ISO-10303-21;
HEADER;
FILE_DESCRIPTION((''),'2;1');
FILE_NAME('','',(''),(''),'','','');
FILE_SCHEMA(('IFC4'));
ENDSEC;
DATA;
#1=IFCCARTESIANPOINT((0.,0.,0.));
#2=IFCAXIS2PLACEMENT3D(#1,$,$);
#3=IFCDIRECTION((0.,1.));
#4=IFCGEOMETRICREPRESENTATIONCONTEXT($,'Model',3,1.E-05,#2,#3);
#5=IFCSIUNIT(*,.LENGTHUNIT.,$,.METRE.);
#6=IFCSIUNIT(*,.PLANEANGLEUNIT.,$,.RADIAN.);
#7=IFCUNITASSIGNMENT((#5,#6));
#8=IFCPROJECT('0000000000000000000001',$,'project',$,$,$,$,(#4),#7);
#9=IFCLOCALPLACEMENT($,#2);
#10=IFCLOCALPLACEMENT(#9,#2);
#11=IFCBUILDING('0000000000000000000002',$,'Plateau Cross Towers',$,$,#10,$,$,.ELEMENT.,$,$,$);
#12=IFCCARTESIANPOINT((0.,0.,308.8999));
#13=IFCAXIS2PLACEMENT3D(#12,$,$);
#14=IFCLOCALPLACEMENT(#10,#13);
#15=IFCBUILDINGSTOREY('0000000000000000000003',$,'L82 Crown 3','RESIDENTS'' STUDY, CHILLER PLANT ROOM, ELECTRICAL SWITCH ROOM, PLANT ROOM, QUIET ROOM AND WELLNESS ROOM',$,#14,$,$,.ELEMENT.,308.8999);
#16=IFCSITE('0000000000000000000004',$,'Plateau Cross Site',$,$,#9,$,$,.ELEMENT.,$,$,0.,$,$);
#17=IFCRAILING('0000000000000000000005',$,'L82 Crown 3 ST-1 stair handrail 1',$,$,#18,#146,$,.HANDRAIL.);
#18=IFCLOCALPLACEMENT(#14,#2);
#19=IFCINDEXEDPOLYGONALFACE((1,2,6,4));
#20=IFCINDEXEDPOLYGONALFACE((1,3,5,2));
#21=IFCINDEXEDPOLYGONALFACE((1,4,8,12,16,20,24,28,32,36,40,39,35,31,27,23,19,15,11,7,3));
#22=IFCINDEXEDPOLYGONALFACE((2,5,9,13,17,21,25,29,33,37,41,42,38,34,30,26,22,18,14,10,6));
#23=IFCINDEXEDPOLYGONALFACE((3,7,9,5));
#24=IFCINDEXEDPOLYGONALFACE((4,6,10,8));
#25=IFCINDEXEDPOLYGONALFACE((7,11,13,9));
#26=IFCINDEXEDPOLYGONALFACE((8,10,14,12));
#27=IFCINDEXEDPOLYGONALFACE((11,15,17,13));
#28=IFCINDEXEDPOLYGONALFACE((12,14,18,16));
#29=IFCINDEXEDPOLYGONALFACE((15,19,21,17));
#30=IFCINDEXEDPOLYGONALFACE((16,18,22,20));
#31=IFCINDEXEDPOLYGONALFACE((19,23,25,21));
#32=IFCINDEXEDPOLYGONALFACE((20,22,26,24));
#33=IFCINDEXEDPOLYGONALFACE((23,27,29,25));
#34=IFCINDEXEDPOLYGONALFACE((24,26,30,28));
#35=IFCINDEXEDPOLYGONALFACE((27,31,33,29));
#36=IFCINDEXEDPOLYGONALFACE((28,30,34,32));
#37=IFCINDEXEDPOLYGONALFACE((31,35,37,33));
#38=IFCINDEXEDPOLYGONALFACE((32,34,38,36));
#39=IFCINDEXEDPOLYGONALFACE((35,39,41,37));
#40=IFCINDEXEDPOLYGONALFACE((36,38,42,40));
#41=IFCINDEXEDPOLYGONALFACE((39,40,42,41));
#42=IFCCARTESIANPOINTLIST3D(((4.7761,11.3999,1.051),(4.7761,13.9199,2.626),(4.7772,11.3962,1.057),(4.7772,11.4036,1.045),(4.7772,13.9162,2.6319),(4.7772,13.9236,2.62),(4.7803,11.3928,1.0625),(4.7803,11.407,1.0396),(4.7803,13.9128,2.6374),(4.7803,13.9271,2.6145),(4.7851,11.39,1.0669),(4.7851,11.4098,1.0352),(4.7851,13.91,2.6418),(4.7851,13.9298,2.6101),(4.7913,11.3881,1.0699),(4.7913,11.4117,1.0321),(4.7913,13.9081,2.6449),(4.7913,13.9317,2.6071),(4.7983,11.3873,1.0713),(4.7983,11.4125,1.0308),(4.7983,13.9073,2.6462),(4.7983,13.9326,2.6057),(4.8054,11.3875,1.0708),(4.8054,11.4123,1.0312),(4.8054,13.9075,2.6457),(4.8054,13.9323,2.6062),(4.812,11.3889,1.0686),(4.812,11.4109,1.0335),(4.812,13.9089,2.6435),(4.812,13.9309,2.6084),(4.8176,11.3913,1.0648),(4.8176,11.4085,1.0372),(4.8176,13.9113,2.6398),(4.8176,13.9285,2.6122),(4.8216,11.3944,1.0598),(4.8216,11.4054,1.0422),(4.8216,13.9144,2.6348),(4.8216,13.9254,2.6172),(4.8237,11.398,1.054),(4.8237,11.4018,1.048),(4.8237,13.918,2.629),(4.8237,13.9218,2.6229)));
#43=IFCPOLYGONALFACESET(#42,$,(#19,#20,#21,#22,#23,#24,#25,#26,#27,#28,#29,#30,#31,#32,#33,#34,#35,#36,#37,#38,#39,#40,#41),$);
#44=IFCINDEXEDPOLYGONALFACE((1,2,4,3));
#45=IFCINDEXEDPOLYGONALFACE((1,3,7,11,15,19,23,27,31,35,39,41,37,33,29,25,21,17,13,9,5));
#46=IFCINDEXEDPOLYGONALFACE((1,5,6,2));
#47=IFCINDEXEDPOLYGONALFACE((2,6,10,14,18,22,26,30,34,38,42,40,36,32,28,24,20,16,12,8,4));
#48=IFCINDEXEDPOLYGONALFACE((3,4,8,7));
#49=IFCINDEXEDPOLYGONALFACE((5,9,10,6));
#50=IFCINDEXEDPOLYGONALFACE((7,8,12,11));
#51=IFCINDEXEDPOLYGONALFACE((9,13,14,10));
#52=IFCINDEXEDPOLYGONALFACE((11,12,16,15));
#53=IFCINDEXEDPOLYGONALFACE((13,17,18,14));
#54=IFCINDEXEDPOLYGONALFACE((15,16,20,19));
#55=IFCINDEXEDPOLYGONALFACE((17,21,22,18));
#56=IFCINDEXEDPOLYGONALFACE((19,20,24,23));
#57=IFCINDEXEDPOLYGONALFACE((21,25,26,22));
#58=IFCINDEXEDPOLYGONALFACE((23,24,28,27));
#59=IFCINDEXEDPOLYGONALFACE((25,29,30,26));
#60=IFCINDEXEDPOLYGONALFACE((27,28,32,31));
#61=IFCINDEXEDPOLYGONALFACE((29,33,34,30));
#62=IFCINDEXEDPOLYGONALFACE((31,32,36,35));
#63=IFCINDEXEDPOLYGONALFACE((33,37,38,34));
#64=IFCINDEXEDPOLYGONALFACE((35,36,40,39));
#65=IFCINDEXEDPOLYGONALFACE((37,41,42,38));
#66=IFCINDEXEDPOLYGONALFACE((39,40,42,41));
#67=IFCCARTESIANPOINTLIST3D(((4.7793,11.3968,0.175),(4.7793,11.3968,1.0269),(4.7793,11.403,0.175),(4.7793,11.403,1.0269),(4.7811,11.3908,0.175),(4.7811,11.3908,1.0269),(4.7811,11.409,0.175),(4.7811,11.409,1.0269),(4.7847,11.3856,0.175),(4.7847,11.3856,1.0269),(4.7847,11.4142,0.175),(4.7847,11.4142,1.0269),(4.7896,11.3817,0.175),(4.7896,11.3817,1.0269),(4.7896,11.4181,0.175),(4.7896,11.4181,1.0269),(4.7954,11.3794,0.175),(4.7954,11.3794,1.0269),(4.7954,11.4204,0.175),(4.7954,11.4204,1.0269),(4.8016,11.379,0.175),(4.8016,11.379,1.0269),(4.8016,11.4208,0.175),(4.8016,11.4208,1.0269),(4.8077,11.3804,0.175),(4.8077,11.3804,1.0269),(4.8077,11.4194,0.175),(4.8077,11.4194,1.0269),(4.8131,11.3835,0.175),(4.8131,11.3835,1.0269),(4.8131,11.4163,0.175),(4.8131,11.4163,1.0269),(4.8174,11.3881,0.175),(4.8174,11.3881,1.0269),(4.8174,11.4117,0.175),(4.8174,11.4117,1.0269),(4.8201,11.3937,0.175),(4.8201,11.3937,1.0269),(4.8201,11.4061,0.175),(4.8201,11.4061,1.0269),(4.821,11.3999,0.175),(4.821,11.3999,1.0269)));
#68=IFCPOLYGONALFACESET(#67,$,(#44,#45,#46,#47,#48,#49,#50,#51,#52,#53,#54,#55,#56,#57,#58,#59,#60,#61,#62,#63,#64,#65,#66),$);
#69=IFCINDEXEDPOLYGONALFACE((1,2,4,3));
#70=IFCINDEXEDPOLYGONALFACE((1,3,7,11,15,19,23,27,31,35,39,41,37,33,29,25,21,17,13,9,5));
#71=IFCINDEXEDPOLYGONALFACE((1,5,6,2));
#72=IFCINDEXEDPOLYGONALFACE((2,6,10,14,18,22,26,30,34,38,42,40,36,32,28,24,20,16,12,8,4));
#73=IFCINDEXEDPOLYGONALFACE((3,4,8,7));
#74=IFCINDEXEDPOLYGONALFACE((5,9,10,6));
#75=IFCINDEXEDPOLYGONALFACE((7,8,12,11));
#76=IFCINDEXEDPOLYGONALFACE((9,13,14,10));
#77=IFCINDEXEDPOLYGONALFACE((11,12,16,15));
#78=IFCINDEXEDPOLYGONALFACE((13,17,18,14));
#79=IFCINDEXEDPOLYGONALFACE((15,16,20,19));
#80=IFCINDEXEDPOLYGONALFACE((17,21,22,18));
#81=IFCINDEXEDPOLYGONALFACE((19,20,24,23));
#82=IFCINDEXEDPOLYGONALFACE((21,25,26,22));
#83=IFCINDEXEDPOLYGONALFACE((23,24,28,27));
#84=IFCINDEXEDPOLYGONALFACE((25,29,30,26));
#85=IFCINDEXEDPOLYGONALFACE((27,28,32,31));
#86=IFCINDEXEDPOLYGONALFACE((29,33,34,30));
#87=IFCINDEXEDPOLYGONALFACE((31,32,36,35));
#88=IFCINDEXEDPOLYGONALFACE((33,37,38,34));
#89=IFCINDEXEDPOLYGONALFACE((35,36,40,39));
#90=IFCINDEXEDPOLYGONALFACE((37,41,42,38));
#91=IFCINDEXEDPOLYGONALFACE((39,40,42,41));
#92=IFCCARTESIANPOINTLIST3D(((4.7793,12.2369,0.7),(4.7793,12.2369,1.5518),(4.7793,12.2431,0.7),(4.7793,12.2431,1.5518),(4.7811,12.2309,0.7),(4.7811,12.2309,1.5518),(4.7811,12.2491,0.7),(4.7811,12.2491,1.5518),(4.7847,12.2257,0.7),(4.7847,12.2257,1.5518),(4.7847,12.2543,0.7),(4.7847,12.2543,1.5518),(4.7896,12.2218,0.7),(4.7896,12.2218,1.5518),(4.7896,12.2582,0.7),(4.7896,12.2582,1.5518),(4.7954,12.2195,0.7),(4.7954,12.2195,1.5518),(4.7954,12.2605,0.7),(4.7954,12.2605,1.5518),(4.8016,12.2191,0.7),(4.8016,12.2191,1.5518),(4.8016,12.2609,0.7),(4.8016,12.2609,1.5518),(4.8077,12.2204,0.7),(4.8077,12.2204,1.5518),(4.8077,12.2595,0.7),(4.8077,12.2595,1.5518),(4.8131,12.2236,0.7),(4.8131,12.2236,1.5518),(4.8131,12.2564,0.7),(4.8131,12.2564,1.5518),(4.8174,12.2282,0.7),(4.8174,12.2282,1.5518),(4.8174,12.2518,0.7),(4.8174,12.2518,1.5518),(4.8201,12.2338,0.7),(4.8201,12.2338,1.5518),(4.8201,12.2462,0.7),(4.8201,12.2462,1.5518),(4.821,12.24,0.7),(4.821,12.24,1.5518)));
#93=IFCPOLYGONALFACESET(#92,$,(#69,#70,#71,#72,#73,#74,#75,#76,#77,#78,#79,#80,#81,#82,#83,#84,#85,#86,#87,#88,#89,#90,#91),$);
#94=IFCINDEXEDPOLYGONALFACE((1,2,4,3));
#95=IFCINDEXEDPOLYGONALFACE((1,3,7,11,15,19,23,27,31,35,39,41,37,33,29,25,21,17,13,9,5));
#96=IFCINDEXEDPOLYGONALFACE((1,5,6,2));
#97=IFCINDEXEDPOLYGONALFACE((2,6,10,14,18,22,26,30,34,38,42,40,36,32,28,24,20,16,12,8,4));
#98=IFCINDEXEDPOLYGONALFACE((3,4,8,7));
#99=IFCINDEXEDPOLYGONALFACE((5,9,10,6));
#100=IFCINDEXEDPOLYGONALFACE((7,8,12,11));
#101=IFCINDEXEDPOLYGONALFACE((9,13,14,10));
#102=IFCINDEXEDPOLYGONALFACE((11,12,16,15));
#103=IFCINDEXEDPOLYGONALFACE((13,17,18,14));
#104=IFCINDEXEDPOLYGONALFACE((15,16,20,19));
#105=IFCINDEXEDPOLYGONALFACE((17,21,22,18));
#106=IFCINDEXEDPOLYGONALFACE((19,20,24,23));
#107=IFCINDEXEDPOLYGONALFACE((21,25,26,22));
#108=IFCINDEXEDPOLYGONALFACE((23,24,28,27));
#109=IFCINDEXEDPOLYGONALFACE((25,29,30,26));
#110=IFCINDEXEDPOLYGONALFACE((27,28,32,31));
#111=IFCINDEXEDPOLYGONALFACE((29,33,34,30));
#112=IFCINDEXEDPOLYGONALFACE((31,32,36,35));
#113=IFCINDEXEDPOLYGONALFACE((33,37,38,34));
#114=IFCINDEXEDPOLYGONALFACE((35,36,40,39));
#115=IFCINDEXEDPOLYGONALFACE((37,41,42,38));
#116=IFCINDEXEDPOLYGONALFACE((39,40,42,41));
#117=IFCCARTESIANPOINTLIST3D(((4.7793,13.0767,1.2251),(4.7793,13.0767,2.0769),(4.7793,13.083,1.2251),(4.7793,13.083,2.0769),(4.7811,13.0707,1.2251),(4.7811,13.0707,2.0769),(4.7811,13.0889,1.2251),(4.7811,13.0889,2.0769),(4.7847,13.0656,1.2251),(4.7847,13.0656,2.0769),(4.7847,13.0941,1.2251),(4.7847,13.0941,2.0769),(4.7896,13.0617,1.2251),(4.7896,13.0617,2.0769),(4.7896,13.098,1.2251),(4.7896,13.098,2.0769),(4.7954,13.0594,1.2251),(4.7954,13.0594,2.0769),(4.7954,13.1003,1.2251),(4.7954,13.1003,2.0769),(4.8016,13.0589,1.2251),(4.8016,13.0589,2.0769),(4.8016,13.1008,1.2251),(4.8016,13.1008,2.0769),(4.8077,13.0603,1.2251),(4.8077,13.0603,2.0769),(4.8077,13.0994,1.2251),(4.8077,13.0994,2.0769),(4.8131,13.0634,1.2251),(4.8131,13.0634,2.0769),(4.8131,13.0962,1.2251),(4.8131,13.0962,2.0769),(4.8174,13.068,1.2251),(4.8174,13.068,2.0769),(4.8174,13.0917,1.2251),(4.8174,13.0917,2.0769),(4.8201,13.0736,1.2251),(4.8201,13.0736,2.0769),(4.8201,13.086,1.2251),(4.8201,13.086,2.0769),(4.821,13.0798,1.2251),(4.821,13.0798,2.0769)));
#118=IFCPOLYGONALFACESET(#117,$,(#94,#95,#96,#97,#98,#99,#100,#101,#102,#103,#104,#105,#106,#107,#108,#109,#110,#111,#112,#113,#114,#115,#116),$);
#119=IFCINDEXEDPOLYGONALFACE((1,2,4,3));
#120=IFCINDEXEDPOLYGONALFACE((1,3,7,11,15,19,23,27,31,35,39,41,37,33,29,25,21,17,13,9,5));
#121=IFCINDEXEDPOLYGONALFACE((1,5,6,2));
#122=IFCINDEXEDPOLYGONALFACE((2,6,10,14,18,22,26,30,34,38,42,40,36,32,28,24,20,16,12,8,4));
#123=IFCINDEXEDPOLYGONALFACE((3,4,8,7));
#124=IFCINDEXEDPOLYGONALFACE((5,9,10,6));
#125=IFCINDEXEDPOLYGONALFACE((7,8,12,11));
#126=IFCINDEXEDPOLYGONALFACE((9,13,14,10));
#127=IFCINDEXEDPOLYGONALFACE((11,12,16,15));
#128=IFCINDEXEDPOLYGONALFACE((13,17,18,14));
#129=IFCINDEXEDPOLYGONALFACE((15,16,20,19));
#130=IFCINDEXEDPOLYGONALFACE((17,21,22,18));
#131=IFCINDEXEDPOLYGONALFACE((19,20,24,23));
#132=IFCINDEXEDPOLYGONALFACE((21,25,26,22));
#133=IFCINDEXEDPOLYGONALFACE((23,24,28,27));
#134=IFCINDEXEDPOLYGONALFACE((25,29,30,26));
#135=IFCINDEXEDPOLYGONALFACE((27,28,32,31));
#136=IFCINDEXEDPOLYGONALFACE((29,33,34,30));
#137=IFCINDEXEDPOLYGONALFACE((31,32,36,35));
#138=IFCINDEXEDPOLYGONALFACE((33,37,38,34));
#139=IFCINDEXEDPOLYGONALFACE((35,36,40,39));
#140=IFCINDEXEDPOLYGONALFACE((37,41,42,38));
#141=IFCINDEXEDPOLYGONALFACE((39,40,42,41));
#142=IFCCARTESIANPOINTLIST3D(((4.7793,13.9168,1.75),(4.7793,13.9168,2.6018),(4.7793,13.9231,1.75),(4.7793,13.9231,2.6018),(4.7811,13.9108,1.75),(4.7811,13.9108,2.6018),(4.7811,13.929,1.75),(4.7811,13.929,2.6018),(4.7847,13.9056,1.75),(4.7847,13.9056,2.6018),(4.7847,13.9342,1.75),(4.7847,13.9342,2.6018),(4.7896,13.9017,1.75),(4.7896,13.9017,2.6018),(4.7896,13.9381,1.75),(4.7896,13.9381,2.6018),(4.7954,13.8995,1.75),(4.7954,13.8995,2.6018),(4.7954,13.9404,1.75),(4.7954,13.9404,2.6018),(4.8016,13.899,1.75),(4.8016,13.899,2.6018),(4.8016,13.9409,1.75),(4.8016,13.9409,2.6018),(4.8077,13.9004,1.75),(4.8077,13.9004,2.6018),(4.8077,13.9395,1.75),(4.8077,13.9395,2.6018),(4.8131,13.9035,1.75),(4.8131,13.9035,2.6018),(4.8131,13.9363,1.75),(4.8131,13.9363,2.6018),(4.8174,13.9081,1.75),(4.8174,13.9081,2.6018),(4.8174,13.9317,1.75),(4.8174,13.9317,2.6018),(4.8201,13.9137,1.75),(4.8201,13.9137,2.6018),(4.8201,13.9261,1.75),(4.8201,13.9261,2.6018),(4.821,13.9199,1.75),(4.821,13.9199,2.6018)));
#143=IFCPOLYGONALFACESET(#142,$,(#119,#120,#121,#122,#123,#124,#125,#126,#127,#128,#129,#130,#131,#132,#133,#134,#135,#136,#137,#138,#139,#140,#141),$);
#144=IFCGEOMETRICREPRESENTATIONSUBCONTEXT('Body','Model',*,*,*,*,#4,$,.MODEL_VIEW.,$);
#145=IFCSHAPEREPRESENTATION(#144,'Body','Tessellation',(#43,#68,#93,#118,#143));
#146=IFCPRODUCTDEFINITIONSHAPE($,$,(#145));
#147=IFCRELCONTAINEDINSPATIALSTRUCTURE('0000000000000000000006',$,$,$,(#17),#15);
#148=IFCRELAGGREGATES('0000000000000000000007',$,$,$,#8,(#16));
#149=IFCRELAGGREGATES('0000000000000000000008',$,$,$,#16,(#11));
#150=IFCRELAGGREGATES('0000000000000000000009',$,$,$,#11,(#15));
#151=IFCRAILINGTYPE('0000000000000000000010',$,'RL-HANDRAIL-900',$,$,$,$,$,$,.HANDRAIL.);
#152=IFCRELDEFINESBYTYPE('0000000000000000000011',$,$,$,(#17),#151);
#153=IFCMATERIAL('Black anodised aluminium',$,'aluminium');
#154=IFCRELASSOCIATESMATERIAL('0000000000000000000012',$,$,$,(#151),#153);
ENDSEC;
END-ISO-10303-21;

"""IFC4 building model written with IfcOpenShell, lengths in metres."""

from ifc_helpers import new_model, si_unit, direction, frame, origin, origin_2d, place, context, subcontext, project, spatial, circle, extrude, material, type_object, element, save


model = new_model("IFC4")

# Units and contexts
model_context = context("Model", 3, precision=1e-05, world=origin(), true_north=direction((0.0, 1.0)))
body_context = subcontext(model_context, "Body", "Model", "MODEL_VIEW")
ifc_project = project(units=[si_unit("LENGTHUNIT", "METRE"), si_unit("PLANEANGLEUNIT", "RADIAN")], contexts=[model_context])

# Site, building, storey
site_placement = place(None, origin())
site = spatial("IfcSite", under=ifc_project, at=site_placement, Name="Plateau Cross Site", CompositionType="ELEMENT", RefElevation=0.0)
building_placement = place(site_placement, origin())
building = spatial("IfcBuilding", under=site, at=building_placement, Name="Plateau Cross Towers", CompositionType="ELEMENT")
storey_placement = place(building_placement, frame((0.0, 0.0, 308.8999)))
storey = spatial("IfcBuildingStorey", under=building, at=storey_placement, Name="L82 Crown 3", Description="RESIDENTS' STUDY, CHILLER PLANT ROOM, ELECTRICAL SWITCH ROOM, PLANT ROOM, QUIET ROOM AND WELLNESS ROOM", CompositionType="ELEMENT", Elevation=308.8999)

# Shared definitions
ifc_material_1 = material(Name="Black anodised aluminium", Category="aluminium")

# Railing
railing_type_1 = type_object("IfcRailingType", Name="RL-HANDRAIL-900", PredefinedType="HANDRAIL", material=ifc_material_1)
railing_1_placement = place(storey_placement, frame((4.8, 11.3999, 0.175)))
element("IfcRailing", 1, at=railing_1_placement, inside=storey, type_object=railing_type_1, Name="L82 Crown 3 ST-1 stair handrail 1", PredefinedType="HANDRAIL", context=body_context, shape_type="SweptSolid", body=[
    extrude(circle(Radius=0.0239, at=origin_2d()), frame((0.0, 0.0, 0.876), z_axis=(0.0, 0.848008, 0.529984), x_axis=(-1.0, 0.0, 0.0)), (0.0, 0.0, 1.0), 2.9717),
    extrude(circle(Radius=0.021, at=origin_2d()), origin(), (0.0, 0.0, 1.0), 0.8518),
    extrude(circle(Radius=0.021, at=origin_2d()), frame((0.0, 0.8401, 0.5249)), (0.0, 0.0, 1.0), 0.8518),
    extrude(circle(Radius=0.021, at=origin_2d()), frame((0.0, 1.6799, 1.05)), (0.0, 0.0, 1.0), 0.8518),
    extrude(circle(Radius=0.021, at=origin_2d()), frame((0.0, 2.52, 1.575)), (0.0, 0.0, 1.0), 0.8518),
])

save(model, "model.ifc")
